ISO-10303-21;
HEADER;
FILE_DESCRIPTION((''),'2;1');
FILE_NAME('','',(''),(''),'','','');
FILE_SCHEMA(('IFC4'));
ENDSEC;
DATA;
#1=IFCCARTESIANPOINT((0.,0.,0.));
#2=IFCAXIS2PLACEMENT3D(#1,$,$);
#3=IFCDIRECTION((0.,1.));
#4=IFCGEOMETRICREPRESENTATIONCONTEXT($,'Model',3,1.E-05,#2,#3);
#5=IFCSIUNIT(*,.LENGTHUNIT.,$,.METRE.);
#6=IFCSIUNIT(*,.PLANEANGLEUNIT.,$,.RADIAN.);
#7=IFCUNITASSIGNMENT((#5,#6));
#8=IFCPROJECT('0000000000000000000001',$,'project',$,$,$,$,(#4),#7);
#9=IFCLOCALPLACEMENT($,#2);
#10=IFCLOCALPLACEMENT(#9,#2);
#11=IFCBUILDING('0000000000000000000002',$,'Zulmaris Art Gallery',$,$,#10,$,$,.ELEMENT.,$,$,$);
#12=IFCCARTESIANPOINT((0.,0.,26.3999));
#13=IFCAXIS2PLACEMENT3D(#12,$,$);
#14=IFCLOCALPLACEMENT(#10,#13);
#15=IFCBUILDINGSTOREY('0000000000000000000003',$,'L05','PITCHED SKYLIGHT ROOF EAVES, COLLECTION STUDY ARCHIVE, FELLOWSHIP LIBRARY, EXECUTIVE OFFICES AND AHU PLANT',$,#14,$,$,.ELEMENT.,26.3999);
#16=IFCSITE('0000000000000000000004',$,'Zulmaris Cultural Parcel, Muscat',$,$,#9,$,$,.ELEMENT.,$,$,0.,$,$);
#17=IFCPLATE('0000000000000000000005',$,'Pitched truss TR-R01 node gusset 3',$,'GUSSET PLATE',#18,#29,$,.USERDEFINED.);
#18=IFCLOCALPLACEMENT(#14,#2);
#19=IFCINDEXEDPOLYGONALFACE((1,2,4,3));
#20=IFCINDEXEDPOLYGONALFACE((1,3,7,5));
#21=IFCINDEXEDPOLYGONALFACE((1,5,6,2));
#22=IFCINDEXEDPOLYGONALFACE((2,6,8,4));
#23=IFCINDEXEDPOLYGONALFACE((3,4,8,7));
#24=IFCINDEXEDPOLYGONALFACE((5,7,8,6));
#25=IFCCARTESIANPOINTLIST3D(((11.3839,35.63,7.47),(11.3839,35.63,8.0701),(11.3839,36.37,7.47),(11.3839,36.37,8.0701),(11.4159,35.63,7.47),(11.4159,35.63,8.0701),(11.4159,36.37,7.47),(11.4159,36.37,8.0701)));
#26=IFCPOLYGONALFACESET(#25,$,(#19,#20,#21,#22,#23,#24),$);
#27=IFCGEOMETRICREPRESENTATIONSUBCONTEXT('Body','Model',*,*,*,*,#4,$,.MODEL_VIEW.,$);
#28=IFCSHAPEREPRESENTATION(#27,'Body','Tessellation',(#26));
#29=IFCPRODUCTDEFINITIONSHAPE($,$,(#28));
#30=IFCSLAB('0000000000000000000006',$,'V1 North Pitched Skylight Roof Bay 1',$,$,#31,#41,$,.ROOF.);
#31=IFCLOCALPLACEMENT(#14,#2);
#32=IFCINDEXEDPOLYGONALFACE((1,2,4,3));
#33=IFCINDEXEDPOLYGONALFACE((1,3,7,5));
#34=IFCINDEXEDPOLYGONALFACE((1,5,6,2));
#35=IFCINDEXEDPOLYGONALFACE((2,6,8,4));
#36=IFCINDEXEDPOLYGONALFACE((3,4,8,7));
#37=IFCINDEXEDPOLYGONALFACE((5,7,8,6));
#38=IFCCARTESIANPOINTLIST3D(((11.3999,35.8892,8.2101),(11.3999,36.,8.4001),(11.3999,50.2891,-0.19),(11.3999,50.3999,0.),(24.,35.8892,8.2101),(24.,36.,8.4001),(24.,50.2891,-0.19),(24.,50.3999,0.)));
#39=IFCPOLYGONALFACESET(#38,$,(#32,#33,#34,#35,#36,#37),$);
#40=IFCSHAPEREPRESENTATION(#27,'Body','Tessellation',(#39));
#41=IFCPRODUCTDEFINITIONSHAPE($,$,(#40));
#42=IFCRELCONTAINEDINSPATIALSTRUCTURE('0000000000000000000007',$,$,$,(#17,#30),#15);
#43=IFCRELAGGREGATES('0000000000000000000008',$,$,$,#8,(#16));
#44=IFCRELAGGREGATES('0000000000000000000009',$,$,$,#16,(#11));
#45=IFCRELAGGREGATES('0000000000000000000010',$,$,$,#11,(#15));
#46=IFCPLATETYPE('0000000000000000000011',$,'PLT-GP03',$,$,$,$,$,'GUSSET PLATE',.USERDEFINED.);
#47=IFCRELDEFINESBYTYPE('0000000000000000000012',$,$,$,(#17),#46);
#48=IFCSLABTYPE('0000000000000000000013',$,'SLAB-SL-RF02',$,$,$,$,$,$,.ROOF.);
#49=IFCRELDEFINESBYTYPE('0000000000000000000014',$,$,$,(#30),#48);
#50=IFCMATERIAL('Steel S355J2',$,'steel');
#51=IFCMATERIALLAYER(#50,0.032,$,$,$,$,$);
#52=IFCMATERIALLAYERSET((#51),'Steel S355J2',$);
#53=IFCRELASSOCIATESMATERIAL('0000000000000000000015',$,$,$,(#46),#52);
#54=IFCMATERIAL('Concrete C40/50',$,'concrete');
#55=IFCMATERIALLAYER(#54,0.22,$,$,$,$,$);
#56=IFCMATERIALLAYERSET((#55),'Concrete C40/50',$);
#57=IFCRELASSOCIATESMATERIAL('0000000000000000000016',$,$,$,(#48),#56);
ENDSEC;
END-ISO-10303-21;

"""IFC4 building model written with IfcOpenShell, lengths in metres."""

from ifc_helpers import new_model, si_unit, direction, frame, origin, origin_2d, place, context, subcontext, project, spatial, polyline, rectangle, outline, extrude, material, layer, layer_set, type_object, element, save


model = new_model("IFC4")

# Units and contexts
model_context = context("Model", 3, precision=1e-05, world=origin(), true_north=direction((0.0, 1.0)))
body_context = subcontext(model_context, "Body", "Model", "MODEL_VIEW")
ifc_project = project(units=[si_unit("LENGTHUNIT", "METRE"), si_unit("PLANEANGLEUNIT", "RADIAN")], contexts=[model_context])

# Site, building, storey
site_placement = place(None, origin())
site = spatial("IfcSite", under=ifc_project, at=site_placement, Name="Zulmaris Cultural Parcel, Muscat", CompositionType="ELEMENT", RefElevation=0.0)
building_placement = place(site_placement, origin())
building = spatial("IfcBuilding", under=site, at=building_placement, Name="Zulmaris Art Gallery", CompositionType="ELEMENT")
storey_placement = place(building_placement, frame((0.0, 0.0, 26.3999)))
storey = spatial("IfcBuildingStorey", under=building, at=storey_placement, Name="L05", Description="PITCHED SKYLIGHT ROOF EAVES, COLLECTION STUDY ARCHIVE, FELLOWSHIP LIBRARY, EXECUTIVE OFFICES AND AHU PLANT", CompositionType="ELEMENT", Elevation=26.3999)

# Plate
ifc_material_1 = material(Name="Steel S355J2", Category="steel")
ifc_layer_1 = layer(ifc_material_1, 0.032)
ifc_layer_set_1 = layer_set([ifc_layer_1], Name="Steel S355J2")
plate_type_1 = type_object("IfcPlateType", Name="PLT-GP03", ElementType="GUSSET PLATE", PredefinedType="USERDEFINED", material=ifc_layer_set_1)
plate_1_placement = place(storey_placement, frame((11.3999, 36.0, 7.47), z_axis=(0.0, 0.0, 1.0), x_axis=(1.0, 0.0, 0.0)))
element("IfcPlate", 1, at=plate_1_placement, inside=storey, type_object=plate_type_1, Name="Pitched truss TR-R01 node gusset 3", ObjectType="GUSSET PLATE", PredefinedType="USERDEFINED", context=body_context, shape_type="SweptSolid", body=[
    extrude(rectangle(XDim=0.032, YDim=0.74, at=origin_2d()), origin(), (0.0, 0.0, 1.0), 0.6001),
])

# Slab
ifc_material_2 = material(Name="Concrete C40/50", Category="concrete")
ifc_layer_2 = layer(ifc_material_2, 0.22)
ifc_layer_set_2 = layer_set([ifc_layer_2], Name="Concrete C40/50")
slab_type = type_object("IfcSlabType", Name="SLAB-SL-RF02", PredefinedType="ROOF", material=ifc_layer_set_2)
slab_placement = place(storey_placement, frame((11.3999, 36.0, 8.4001), z_axis=(0.0, 0.50388, 0.863774), x_axis=(1.0, 0.0, 0.0)))
element("IfcSlab", 2, at=slab_placement, inside=storey, type_object=slab_type, Name="V1 North Pitched Skylight Roof Bay 1", PredefinedType="ROOF", context=body_context, shape_type="SweptSolid", body=[
    extrude(outline(polyline([(0.0, 0.0), (12.6001, 0.0), (12.6001, 16.6709), (0.0, 16.6709), (0.0, 0.0)])), origin(), (0.0, 0.0, -1.0), 0.22),
])

save(model, "model.ifc")
